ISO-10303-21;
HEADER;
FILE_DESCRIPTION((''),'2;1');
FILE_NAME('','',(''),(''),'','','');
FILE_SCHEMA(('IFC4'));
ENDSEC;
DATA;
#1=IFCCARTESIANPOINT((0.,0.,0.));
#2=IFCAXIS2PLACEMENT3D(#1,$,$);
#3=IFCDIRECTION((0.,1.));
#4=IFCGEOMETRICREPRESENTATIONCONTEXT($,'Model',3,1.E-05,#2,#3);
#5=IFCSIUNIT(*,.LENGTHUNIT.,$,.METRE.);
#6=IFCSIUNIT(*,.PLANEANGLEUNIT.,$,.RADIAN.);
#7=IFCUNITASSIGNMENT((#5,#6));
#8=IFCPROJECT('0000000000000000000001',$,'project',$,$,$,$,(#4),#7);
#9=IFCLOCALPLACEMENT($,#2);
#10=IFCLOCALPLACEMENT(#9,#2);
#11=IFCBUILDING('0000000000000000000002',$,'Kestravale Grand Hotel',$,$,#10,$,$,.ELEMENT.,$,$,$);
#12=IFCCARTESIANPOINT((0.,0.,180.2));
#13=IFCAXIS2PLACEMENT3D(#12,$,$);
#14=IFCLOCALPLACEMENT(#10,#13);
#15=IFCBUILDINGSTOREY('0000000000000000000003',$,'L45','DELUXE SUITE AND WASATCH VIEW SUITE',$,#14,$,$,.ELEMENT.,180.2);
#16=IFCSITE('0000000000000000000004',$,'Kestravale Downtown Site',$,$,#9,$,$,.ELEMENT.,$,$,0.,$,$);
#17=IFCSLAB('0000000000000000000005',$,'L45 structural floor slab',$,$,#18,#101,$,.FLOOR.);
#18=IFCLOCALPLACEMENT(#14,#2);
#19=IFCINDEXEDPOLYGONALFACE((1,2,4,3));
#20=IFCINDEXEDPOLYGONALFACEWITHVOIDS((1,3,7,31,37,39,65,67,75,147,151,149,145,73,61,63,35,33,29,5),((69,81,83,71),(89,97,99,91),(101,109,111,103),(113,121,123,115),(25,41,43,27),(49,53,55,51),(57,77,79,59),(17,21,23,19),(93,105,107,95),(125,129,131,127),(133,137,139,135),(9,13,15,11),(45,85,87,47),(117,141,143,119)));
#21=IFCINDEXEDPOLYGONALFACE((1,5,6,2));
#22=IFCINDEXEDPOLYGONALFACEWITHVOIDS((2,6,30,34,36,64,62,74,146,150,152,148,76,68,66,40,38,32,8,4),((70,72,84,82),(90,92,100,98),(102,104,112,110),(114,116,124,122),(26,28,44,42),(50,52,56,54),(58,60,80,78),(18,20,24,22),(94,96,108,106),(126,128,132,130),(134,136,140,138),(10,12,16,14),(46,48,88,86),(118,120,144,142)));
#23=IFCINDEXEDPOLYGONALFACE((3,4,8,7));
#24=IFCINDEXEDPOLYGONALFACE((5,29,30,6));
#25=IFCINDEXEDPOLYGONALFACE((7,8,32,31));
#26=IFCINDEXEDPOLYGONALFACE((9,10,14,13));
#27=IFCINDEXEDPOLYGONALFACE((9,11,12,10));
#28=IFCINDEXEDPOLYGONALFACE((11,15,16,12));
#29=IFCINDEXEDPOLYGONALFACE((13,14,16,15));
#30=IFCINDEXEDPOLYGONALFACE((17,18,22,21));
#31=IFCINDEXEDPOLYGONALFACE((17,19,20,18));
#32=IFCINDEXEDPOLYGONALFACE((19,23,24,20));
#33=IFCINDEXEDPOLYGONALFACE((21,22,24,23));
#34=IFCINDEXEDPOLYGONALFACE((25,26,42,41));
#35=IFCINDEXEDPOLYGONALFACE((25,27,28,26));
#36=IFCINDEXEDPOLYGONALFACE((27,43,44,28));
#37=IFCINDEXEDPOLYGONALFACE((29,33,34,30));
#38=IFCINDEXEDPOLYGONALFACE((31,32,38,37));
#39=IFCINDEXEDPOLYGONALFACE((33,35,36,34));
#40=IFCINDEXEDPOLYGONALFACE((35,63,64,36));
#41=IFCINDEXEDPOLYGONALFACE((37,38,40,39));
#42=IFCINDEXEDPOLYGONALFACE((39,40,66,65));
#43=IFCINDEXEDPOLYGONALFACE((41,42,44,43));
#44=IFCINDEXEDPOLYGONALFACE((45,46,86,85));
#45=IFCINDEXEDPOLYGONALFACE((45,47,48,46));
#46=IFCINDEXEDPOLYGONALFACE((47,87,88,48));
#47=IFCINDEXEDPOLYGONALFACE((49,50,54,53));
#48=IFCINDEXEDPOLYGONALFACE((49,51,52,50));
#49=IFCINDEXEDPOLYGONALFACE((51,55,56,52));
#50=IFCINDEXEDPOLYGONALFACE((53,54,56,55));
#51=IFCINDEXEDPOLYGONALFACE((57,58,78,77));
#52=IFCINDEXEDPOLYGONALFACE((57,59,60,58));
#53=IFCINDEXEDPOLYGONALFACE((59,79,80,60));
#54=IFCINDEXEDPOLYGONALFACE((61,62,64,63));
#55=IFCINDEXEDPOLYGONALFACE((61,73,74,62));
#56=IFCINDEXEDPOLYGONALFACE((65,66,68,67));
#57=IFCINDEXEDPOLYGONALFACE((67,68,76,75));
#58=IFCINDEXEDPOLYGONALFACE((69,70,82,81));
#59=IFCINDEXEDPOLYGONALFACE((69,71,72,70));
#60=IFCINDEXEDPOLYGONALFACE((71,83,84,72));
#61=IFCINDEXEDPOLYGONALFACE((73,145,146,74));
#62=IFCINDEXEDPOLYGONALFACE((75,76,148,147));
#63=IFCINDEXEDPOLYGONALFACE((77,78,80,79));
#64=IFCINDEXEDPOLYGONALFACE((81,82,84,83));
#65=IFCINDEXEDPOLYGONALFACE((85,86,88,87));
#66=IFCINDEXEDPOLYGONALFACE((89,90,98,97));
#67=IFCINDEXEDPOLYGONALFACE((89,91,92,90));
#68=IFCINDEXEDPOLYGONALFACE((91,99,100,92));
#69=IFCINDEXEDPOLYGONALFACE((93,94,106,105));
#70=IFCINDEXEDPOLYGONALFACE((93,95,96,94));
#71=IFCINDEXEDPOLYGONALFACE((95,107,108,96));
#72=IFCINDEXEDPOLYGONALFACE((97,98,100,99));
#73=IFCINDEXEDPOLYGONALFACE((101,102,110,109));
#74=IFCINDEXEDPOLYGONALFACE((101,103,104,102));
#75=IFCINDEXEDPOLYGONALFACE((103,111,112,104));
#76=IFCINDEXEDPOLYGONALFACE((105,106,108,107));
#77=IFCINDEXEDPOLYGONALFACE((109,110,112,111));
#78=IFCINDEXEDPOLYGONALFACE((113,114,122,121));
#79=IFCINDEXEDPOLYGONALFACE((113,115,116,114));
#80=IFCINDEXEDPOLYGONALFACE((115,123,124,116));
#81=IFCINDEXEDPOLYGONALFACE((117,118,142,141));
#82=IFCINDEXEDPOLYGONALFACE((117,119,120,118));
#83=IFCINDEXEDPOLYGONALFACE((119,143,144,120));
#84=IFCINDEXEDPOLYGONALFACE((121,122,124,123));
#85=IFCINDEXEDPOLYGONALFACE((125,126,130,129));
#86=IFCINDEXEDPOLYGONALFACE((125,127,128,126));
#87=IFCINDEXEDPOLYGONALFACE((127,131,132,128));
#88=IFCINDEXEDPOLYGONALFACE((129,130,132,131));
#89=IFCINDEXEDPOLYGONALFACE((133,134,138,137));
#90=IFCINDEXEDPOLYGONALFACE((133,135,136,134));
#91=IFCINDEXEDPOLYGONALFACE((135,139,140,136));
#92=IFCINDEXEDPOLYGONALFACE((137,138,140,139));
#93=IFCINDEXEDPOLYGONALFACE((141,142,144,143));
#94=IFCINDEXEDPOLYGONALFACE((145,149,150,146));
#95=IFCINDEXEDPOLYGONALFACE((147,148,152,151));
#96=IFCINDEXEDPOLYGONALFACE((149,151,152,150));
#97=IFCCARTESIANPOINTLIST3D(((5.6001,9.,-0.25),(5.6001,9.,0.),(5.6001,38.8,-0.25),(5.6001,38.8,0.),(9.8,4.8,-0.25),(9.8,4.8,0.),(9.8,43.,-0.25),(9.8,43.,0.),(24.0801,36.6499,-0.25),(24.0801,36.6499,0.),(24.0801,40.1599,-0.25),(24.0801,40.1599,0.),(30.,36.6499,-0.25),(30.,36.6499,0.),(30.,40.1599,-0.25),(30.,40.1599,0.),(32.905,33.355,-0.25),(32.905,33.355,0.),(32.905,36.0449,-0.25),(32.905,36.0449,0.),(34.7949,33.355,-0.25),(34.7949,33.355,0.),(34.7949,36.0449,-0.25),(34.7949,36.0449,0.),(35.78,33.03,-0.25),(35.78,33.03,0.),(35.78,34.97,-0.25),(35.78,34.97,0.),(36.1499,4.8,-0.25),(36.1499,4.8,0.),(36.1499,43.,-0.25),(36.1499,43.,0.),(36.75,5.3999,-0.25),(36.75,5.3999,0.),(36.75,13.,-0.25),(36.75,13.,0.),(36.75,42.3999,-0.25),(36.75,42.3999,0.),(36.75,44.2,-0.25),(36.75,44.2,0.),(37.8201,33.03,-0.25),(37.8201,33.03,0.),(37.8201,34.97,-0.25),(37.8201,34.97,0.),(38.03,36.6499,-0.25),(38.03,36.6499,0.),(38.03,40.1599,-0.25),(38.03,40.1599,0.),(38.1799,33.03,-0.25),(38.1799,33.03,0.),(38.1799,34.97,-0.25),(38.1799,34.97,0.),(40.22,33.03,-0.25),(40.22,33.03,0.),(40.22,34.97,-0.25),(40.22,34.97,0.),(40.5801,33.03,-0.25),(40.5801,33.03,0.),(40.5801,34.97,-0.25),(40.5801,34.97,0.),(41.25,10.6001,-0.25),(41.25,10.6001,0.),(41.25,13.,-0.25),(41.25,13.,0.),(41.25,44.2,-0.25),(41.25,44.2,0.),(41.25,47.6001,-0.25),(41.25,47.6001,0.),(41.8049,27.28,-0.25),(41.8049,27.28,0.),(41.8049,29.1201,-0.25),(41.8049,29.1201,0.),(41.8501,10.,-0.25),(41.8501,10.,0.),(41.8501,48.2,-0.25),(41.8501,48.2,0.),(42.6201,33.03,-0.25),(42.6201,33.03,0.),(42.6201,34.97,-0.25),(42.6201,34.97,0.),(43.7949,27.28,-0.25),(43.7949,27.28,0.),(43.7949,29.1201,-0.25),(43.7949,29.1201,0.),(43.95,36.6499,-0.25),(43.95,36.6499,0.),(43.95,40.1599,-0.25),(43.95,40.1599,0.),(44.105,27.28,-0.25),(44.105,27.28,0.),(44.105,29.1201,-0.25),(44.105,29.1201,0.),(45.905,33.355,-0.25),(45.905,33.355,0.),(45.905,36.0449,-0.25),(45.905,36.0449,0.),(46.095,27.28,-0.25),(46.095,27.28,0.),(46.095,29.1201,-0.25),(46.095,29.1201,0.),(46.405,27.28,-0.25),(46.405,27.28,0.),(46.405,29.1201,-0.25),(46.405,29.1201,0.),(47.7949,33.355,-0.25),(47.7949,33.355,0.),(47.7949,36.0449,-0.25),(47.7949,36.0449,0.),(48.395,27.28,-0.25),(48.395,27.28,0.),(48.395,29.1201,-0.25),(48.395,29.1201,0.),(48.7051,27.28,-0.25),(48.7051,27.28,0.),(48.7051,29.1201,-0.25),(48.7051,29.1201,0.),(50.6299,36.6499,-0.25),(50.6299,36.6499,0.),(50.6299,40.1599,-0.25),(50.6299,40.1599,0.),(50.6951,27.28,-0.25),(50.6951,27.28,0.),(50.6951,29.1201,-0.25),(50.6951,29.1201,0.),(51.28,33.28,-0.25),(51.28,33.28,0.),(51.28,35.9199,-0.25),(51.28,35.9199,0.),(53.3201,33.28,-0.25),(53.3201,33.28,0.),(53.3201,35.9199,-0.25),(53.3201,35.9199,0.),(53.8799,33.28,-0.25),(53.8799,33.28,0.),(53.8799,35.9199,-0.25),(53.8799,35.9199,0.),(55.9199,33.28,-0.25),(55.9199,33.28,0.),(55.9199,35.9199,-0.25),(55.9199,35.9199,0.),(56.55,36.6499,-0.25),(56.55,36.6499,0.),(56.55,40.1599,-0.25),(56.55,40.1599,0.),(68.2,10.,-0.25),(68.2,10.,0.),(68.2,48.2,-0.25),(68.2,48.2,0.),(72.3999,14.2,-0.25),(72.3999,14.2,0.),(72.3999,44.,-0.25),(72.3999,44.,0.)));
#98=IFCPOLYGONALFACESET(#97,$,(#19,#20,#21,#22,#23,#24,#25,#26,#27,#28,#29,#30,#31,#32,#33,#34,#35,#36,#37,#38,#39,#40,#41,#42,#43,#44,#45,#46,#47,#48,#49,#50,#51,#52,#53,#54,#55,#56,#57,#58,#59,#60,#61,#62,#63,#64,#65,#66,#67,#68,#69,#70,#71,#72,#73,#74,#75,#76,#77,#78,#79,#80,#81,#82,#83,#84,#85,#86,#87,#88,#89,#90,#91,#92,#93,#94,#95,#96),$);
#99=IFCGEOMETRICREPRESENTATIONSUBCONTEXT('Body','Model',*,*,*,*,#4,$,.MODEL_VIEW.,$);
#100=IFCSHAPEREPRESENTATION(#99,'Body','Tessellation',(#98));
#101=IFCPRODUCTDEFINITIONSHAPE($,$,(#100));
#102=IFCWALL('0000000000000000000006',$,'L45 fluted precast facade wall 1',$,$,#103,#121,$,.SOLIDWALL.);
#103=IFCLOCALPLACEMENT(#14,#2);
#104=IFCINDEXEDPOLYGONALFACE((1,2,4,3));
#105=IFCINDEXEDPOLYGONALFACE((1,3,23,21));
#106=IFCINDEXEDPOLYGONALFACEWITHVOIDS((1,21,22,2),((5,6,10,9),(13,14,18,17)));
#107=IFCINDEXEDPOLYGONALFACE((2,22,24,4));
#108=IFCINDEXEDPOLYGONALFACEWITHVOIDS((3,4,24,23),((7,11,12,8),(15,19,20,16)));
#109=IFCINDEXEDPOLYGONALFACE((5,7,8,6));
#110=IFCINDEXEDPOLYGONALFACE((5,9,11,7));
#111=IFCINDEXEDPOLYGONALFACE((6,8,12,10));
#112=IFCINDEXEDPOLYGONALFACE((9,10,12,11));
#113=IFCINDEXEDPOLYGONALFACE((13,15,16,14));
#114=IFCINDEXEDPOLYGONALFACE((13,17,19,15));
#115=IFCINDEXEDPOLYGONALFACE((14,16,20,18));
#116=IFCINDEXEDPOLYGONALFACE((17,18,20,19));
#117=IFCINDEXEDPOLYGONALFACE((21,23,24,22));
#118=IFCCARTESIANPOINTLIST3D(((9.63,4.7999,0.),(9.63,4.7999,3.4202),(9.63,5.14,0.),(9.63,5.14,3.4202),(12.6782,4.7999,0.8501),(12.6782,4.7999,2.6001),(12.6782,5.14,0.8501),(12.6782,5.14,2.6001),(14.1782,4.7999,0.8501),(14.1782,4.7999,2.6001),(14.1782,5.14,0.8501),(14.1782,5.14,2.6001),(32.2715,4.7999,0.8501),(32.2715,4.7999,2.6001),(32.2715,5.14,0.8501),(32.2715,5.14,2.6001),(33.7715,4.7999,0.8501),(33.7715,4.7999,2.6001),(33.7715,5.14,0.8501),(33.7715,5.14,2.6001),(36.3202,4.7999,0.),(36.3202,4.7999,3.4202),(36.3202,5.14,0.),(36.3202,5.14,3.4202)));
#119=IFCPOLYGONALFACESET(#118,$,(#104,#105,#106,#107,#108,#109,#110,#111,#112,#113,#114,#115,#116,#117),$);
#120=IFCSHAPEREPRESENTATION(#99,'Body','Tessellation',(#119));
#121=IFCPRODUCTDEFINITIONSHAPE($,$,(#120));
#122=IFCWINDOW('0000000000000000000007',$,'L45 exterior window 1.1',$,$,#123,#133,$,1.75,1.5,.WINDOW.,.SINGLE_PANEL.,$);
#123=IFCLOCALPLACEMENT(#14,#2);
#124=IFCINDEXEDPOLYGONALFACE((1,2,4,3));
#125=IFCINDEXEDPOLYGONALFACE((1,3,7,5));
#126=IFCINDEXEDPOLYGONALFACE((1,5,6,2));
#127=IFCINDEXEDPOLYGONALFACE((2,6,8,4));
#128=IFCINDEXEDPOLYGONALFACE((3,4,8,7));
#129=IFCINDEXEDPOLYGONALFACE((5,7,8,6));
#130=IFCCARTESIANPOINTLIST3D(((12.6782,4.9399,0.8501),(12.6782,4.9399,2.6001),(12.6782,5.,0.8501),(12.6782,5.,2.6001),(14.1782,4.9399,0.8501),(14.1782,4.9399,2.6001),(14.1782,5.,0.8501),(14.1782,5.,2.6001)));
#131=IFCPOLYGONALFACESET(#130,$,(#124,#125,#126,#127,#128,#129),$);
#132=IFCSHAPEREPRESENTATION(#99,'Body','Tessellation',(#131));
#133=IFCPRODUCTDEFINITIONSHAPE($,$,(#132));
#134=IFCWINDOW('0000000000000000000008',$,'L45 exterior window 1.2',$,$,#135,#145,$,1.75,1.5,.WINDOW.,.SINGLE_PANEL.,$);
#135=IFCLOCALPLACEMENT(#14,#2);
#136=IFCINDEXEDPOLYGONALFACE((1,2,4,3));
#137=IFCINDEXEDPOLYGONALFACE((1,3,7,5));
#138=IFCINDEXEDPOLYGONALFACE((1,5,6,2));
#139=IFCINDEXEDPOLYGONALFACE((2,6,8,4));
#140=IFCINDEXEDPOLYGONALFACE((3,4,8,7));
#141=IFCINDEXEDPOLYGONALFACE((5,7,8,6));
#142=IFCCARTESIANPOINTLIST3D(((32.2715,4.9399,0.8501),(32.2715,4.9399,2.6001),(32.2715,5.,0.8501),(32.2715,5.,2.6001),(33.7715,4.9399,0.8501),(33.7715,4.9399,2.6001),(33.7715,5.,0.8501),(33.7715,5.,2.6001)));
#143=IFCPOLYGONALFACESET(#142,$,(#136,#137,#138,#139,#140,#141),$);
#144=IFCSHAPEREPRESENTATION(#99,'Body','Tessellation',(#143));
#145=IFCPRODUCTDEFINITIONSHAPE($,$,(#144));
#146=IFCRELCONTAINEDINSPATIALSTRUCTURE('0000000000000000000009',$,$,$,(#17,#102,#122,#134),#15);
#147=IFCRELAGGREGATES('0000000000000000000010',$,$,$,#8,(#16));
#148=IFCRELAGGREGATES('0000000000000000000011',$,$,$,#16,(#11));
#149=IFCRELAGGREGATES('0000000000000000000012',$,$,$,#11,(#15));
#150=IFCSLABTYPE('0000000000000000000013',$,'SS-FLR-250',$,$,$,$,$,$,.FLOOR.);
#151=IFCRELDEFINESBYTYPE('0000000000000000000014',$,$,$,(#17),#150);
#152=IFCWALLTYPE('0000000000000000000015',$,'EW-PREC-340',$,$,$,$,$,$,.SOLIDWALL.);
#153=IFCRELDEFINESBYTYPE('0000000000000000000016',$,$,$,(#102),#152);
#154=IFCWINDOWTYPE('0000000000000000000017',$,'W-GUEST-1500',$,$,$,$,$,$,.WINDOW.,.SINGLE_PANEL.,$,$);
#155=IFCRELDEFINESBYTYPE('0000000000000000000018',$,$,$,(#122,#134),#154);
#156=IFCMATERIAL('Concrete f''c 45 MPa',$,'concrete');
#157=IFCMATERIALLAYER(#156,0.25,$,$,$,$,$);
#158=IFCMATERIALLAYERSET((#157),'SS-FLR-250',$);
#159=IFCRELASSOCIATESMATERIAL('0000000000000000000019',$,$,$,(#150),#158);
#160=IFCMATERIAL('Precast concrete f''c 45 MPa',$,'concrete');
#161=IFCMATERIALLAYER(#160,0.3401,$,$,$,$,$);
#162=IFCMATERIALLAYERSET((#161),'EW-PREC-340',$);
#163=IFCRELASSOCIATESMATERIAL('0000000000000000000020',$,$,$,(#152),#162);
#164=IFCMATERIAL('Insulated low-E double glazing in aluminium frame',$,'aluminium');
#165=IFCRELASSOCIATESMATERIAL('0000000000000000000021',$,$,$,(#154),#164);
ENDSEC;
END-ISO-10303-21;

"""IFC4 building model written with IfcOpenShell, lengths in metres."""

from ifc_helpers import new_model, si_unit, direction, frame, frame_2d, origin, place, context, subcontext, project, spatial, polyline, rectangle, outline, extrude, material, layer, layer_set, type_object, element, fill, save


model = new_model("IFC4")

# Units and contexts
model_context = context("Model", 3, precision=1e-05, world=origin(), true_north=direction((0.0, 1.0)))
body_context = subcontext(model_context, "Body", "Model", "MODEL_VIEW")
ifc_project = project(units=[si_unit("LENGTHUNIT", "METRE"), si_unit("PLANEANGLEUNIT", "RADIAN")], contexts=[model_context])

# Site, building, storey
site_placement = place(None, origin())
site = spatial("IfcSite", under=ifc_project, at=site_placement, Name="Kestravale Downtown Site", CompositionType="ELEMENT", RefElevation=0.0)
building_placement = place(site_placement, origin())
building = spatial("IfcBuilding", under=site, at=building_placement, Name="Kestravale Grand Hotel", CompositionType="ELEMENT")
storey_placement = place(building_placement, frame((0.0, 0.0, 180.2)))
storey = spatial("IfcBuildingStorey", under=building, at=storey_placement, Name="L45", Description="DELUXE SUITE AND WASATCH VIEW SUITE", CompositionType="ELEMENT", Elevation=180.2)

# Slab
ifc_material_1 = material(Name="Concrete f'c 45 MPa", Category="concrete")
ifc_layer_1 = layer(ifc_material_1, 0.25)
ifc_layer_set_1 = layer_set([ifc_layer_1], Name="SS-FLR-250")
slab_type_1 = type_object("IfcSlabType", Name="SS-FLR-250", PredefinedType="FLOOR", material=ifc_layer_set_1)
slab_1_placement = place(storey_placement, frame((0.0, 0.0, -0.25)))
element("IfcSlab", 1, at=slab_1_placement, inside=storey, type_object=slab_type_1, Name="L45 structural floor slab", PredefinedType="FLOOR", context=body_context, shape_type="SweptSolid", body=[
    extrude(outline(polyline([(9.8, 4.8), (36.1499, 4.8), (36.75, 5.3999), (36.75, 13.0), (41.25, 13.0), (41.25, 10.6001), (41.8501, 10.0), (68.2, 10.0), (72.3999, 14.2), (72.3999, 44.0), (68.2, 48.2), (41.8501, 48.2), (41.25, 47.6001), (41.25, 44.2), (36.75, 44.2), (36.75, 42.3999), (36.1499, 43.0), (9.8, 43.0), (5.6001, 38.8), (5.6001, 9.0), (9.8, 4.8)]), holes=[polyline([(24.0801, 36.6499), (30.0, 36.6499), (30.0, 40.1599), (24.0801, 40.1599), (24.0801, 36.6499)]), polyline([(38.03, 36.6499), (43.95, 36.6499), (43.95, 40.1599), (38.03, 40.1599), (38.03, 36.6499)]), polyline([(50.6299, 36.6499), (56.55, 36.6499), (56.55, 40.1599), (50.6299, 40.1599), (50.6299, 36.6499)]), polyline([(41.8049, 27.28), (43.7949, 27.28), (43.7949, 29.1201), (41.8049, 29.1201), (41.8049, 27.28)]), polyline([(44.105, 27.28), (46.095, 27.28), (46.095, 29.1201), (44.105, 29.1201), (44.105, 27.28)]), polyline([(46.405, 27.28), (48.395, 27.28), (48.395, 29.1201), (46.405, 29.1201), (46.405, 27.28)]), polyline([(48.7051, 27.28), (50.6951, 27.28), (50.6951, 29.1201), (48.7051, 29.1201), (48.7051, 27.28)]), polyline([(35.78, 33.03), (37.8201, 33.03), (37.8201, 34.97), (35.78, 34.97), (35.78, 33.03)]), polyline([(38.1799, 33.03), (40.22, 33.03), (40.22, 34.97), (38.1799, 34.97), (38.1799, 33.03)]), polyline([(40.5801, 33.03), (42.6201, 33.03), (42.6201, 34.97), (40.5801, 34.97), (40.5801, 33.03)]), polyline([(32.905, 33.355), (34.7949, 33.355), (34.7949, 36.0449), (32.905, 36.0449), (32.905, 33.355)]), polyline([(45.905, 33.355), (47.7949, 33.355), (47.7949, 36.0449), (45.905, 36.0449), (45.905, 33.355)]), polyline([(51.28, 33.28), (53.3201, 33.28), (53.3201, 35.9199), (51.28, 35.9199), (51.28, 33.28)]), polyline([(53.8799, 33.28), (55.9199, 33.28), (55.9199, 35.9199), (53.8799, 35.9199), (53.8799, 33.28)])]), origin(), (0.0, 0.0, 1.0), 0.25),
])

# Wall, openings, windows
ifc_material_2 = material(Name="Precast concrete f'c 45 MPa", Category="concrete")
ifc_layer_2 = layer(ifc_material_2, 0.3401)
ifc_layer_set_2 = layer_set([ifc_layer_2], Name="EW-PREC-340")
wall_type_1 = type_object("IfcWallType", Name="EW-PREC-340", PredefinedType="SOLIDWALL", material=ifc_layer_set_2)
wall_1_placement = place(storey_placement, frame((9.6299, 4.97, 0.0), z_axis=(0.0, 0.0, 1.0), x_axis=(1.0, 0.0, 0.0)))
wall_1 = element("IfcWall", 2, at=wall_1_placement, inside=storey, type_object=wall_type_1, Name="L45 fluted precast facade wall 1", PredefinedType="SOLIDWALL", context=body_context, shape_type="SweptSolid", body=[
    extrude(rectangle(XDim=26.6902, YDim=0.3401, at=frame_2d((13.3452, 0.0))), origin(), (0.0, 0.0, 1.0), 3.4202),
])
opening_1_placement = place(wall_1_placement, frame((3.0483, 0.0, 0.8501)))
opening_1 = element("IfcOpeningElement", 3, at=opening_1_placement, cuts=wall_1, PredefinedType="OPENING", context=body_context, shape_type="SweptSolid", body=[
    extrude(rectangle(XDim=1.5, YDim=1.75, at=frame_2d((0.75, 0.875))), frame((0.0, 0.1799, 0.0), z_axis=(0.0, -1.0, 0.0), x_axis=(1.0, 0.0, 0.0)), (0.0, 0.0, 1.0), 0.3601),
])
opening_2_placement = place(wall_1_placement, frame((22.6416, 0.0, 0.8501)))
opening_2 = element("IfcOpeningElement", 4, at=opening_2_placement, cuts=wall_1, PredefinedType="OPENING", context=body_context, shape_type="SweptSolid", body=[
    extrude(rectangle(XDim=1.5, YDim=1.75, at=frame_2d((0.75, 0.875))), frame((0.0, 0.1799, 0.0), z_axis=(0.0, -1.0, 0.0), x_axis=(1.0, 0.0, 0.0)), (0.0, 0.0, 1.0), 0.3601),
])
ifc_material_3 = material(Name="Insulated low-E double glazing in aluminium frame", Category="aluminium")
window_type = type_object("IfcWindowType", Name="W-GUEST-1500", PartitioningType="SINGLE_PANEL", PredefinedType="WINDOW", material=ifc_material_3)
window_1_placement = place(opening_1_placement, origin())
window_1 = element("IfcWindow", 5, at=window_1_placement, inside=storey, type_object=window_type, Name="L45 exterior window 1.1", OverallHeight=1.75, OverallWidth=1.5, PartitioningType="SINGLE_PANEL", PredefinedType="WINDOW", context=body_context, shape_type="SweptSolid", body=[
    extrude(rectangle(XDim=1.5, YDim=1.75, at=frame_2d((0.75, 0.875))), frame((0.0, 0.03, 0.0), z_axis=(0.0, -1.0, 0.0), x_axis=(1.0, 0.0, 0.0)), (0.0, 0.0, 1.0), 0.0601),
])
fill(opening_1, window_1)
window_2_placement = place(opening_2_placement, origin())
window_2 = element("IfcWindow", 6, at=window_2_placement, inside=storey, type_object=window_type, Name="L45 exterior window 1.2", OverallHeight=1.75, OverallWidth=1.5, PartitioningType="SINGLE_PANEL", PredefinedType="WINDOW", context=body_context, shape_type="SweptSolid", body=[
    extrude(rectangle(XDim=1.5, YDim=1.75, at=frame_2d((0.75, 0.875))), frame((0.0, 0.03, 0.0), z_axis=(0.0, -1.0, 0.0), x_axis=(1.0, 0.0, 0.0)), (0.0, 0.0, 1.0), 0.0601),
])
fill(opening_2, window_2)

save(model, "model.ifc")
